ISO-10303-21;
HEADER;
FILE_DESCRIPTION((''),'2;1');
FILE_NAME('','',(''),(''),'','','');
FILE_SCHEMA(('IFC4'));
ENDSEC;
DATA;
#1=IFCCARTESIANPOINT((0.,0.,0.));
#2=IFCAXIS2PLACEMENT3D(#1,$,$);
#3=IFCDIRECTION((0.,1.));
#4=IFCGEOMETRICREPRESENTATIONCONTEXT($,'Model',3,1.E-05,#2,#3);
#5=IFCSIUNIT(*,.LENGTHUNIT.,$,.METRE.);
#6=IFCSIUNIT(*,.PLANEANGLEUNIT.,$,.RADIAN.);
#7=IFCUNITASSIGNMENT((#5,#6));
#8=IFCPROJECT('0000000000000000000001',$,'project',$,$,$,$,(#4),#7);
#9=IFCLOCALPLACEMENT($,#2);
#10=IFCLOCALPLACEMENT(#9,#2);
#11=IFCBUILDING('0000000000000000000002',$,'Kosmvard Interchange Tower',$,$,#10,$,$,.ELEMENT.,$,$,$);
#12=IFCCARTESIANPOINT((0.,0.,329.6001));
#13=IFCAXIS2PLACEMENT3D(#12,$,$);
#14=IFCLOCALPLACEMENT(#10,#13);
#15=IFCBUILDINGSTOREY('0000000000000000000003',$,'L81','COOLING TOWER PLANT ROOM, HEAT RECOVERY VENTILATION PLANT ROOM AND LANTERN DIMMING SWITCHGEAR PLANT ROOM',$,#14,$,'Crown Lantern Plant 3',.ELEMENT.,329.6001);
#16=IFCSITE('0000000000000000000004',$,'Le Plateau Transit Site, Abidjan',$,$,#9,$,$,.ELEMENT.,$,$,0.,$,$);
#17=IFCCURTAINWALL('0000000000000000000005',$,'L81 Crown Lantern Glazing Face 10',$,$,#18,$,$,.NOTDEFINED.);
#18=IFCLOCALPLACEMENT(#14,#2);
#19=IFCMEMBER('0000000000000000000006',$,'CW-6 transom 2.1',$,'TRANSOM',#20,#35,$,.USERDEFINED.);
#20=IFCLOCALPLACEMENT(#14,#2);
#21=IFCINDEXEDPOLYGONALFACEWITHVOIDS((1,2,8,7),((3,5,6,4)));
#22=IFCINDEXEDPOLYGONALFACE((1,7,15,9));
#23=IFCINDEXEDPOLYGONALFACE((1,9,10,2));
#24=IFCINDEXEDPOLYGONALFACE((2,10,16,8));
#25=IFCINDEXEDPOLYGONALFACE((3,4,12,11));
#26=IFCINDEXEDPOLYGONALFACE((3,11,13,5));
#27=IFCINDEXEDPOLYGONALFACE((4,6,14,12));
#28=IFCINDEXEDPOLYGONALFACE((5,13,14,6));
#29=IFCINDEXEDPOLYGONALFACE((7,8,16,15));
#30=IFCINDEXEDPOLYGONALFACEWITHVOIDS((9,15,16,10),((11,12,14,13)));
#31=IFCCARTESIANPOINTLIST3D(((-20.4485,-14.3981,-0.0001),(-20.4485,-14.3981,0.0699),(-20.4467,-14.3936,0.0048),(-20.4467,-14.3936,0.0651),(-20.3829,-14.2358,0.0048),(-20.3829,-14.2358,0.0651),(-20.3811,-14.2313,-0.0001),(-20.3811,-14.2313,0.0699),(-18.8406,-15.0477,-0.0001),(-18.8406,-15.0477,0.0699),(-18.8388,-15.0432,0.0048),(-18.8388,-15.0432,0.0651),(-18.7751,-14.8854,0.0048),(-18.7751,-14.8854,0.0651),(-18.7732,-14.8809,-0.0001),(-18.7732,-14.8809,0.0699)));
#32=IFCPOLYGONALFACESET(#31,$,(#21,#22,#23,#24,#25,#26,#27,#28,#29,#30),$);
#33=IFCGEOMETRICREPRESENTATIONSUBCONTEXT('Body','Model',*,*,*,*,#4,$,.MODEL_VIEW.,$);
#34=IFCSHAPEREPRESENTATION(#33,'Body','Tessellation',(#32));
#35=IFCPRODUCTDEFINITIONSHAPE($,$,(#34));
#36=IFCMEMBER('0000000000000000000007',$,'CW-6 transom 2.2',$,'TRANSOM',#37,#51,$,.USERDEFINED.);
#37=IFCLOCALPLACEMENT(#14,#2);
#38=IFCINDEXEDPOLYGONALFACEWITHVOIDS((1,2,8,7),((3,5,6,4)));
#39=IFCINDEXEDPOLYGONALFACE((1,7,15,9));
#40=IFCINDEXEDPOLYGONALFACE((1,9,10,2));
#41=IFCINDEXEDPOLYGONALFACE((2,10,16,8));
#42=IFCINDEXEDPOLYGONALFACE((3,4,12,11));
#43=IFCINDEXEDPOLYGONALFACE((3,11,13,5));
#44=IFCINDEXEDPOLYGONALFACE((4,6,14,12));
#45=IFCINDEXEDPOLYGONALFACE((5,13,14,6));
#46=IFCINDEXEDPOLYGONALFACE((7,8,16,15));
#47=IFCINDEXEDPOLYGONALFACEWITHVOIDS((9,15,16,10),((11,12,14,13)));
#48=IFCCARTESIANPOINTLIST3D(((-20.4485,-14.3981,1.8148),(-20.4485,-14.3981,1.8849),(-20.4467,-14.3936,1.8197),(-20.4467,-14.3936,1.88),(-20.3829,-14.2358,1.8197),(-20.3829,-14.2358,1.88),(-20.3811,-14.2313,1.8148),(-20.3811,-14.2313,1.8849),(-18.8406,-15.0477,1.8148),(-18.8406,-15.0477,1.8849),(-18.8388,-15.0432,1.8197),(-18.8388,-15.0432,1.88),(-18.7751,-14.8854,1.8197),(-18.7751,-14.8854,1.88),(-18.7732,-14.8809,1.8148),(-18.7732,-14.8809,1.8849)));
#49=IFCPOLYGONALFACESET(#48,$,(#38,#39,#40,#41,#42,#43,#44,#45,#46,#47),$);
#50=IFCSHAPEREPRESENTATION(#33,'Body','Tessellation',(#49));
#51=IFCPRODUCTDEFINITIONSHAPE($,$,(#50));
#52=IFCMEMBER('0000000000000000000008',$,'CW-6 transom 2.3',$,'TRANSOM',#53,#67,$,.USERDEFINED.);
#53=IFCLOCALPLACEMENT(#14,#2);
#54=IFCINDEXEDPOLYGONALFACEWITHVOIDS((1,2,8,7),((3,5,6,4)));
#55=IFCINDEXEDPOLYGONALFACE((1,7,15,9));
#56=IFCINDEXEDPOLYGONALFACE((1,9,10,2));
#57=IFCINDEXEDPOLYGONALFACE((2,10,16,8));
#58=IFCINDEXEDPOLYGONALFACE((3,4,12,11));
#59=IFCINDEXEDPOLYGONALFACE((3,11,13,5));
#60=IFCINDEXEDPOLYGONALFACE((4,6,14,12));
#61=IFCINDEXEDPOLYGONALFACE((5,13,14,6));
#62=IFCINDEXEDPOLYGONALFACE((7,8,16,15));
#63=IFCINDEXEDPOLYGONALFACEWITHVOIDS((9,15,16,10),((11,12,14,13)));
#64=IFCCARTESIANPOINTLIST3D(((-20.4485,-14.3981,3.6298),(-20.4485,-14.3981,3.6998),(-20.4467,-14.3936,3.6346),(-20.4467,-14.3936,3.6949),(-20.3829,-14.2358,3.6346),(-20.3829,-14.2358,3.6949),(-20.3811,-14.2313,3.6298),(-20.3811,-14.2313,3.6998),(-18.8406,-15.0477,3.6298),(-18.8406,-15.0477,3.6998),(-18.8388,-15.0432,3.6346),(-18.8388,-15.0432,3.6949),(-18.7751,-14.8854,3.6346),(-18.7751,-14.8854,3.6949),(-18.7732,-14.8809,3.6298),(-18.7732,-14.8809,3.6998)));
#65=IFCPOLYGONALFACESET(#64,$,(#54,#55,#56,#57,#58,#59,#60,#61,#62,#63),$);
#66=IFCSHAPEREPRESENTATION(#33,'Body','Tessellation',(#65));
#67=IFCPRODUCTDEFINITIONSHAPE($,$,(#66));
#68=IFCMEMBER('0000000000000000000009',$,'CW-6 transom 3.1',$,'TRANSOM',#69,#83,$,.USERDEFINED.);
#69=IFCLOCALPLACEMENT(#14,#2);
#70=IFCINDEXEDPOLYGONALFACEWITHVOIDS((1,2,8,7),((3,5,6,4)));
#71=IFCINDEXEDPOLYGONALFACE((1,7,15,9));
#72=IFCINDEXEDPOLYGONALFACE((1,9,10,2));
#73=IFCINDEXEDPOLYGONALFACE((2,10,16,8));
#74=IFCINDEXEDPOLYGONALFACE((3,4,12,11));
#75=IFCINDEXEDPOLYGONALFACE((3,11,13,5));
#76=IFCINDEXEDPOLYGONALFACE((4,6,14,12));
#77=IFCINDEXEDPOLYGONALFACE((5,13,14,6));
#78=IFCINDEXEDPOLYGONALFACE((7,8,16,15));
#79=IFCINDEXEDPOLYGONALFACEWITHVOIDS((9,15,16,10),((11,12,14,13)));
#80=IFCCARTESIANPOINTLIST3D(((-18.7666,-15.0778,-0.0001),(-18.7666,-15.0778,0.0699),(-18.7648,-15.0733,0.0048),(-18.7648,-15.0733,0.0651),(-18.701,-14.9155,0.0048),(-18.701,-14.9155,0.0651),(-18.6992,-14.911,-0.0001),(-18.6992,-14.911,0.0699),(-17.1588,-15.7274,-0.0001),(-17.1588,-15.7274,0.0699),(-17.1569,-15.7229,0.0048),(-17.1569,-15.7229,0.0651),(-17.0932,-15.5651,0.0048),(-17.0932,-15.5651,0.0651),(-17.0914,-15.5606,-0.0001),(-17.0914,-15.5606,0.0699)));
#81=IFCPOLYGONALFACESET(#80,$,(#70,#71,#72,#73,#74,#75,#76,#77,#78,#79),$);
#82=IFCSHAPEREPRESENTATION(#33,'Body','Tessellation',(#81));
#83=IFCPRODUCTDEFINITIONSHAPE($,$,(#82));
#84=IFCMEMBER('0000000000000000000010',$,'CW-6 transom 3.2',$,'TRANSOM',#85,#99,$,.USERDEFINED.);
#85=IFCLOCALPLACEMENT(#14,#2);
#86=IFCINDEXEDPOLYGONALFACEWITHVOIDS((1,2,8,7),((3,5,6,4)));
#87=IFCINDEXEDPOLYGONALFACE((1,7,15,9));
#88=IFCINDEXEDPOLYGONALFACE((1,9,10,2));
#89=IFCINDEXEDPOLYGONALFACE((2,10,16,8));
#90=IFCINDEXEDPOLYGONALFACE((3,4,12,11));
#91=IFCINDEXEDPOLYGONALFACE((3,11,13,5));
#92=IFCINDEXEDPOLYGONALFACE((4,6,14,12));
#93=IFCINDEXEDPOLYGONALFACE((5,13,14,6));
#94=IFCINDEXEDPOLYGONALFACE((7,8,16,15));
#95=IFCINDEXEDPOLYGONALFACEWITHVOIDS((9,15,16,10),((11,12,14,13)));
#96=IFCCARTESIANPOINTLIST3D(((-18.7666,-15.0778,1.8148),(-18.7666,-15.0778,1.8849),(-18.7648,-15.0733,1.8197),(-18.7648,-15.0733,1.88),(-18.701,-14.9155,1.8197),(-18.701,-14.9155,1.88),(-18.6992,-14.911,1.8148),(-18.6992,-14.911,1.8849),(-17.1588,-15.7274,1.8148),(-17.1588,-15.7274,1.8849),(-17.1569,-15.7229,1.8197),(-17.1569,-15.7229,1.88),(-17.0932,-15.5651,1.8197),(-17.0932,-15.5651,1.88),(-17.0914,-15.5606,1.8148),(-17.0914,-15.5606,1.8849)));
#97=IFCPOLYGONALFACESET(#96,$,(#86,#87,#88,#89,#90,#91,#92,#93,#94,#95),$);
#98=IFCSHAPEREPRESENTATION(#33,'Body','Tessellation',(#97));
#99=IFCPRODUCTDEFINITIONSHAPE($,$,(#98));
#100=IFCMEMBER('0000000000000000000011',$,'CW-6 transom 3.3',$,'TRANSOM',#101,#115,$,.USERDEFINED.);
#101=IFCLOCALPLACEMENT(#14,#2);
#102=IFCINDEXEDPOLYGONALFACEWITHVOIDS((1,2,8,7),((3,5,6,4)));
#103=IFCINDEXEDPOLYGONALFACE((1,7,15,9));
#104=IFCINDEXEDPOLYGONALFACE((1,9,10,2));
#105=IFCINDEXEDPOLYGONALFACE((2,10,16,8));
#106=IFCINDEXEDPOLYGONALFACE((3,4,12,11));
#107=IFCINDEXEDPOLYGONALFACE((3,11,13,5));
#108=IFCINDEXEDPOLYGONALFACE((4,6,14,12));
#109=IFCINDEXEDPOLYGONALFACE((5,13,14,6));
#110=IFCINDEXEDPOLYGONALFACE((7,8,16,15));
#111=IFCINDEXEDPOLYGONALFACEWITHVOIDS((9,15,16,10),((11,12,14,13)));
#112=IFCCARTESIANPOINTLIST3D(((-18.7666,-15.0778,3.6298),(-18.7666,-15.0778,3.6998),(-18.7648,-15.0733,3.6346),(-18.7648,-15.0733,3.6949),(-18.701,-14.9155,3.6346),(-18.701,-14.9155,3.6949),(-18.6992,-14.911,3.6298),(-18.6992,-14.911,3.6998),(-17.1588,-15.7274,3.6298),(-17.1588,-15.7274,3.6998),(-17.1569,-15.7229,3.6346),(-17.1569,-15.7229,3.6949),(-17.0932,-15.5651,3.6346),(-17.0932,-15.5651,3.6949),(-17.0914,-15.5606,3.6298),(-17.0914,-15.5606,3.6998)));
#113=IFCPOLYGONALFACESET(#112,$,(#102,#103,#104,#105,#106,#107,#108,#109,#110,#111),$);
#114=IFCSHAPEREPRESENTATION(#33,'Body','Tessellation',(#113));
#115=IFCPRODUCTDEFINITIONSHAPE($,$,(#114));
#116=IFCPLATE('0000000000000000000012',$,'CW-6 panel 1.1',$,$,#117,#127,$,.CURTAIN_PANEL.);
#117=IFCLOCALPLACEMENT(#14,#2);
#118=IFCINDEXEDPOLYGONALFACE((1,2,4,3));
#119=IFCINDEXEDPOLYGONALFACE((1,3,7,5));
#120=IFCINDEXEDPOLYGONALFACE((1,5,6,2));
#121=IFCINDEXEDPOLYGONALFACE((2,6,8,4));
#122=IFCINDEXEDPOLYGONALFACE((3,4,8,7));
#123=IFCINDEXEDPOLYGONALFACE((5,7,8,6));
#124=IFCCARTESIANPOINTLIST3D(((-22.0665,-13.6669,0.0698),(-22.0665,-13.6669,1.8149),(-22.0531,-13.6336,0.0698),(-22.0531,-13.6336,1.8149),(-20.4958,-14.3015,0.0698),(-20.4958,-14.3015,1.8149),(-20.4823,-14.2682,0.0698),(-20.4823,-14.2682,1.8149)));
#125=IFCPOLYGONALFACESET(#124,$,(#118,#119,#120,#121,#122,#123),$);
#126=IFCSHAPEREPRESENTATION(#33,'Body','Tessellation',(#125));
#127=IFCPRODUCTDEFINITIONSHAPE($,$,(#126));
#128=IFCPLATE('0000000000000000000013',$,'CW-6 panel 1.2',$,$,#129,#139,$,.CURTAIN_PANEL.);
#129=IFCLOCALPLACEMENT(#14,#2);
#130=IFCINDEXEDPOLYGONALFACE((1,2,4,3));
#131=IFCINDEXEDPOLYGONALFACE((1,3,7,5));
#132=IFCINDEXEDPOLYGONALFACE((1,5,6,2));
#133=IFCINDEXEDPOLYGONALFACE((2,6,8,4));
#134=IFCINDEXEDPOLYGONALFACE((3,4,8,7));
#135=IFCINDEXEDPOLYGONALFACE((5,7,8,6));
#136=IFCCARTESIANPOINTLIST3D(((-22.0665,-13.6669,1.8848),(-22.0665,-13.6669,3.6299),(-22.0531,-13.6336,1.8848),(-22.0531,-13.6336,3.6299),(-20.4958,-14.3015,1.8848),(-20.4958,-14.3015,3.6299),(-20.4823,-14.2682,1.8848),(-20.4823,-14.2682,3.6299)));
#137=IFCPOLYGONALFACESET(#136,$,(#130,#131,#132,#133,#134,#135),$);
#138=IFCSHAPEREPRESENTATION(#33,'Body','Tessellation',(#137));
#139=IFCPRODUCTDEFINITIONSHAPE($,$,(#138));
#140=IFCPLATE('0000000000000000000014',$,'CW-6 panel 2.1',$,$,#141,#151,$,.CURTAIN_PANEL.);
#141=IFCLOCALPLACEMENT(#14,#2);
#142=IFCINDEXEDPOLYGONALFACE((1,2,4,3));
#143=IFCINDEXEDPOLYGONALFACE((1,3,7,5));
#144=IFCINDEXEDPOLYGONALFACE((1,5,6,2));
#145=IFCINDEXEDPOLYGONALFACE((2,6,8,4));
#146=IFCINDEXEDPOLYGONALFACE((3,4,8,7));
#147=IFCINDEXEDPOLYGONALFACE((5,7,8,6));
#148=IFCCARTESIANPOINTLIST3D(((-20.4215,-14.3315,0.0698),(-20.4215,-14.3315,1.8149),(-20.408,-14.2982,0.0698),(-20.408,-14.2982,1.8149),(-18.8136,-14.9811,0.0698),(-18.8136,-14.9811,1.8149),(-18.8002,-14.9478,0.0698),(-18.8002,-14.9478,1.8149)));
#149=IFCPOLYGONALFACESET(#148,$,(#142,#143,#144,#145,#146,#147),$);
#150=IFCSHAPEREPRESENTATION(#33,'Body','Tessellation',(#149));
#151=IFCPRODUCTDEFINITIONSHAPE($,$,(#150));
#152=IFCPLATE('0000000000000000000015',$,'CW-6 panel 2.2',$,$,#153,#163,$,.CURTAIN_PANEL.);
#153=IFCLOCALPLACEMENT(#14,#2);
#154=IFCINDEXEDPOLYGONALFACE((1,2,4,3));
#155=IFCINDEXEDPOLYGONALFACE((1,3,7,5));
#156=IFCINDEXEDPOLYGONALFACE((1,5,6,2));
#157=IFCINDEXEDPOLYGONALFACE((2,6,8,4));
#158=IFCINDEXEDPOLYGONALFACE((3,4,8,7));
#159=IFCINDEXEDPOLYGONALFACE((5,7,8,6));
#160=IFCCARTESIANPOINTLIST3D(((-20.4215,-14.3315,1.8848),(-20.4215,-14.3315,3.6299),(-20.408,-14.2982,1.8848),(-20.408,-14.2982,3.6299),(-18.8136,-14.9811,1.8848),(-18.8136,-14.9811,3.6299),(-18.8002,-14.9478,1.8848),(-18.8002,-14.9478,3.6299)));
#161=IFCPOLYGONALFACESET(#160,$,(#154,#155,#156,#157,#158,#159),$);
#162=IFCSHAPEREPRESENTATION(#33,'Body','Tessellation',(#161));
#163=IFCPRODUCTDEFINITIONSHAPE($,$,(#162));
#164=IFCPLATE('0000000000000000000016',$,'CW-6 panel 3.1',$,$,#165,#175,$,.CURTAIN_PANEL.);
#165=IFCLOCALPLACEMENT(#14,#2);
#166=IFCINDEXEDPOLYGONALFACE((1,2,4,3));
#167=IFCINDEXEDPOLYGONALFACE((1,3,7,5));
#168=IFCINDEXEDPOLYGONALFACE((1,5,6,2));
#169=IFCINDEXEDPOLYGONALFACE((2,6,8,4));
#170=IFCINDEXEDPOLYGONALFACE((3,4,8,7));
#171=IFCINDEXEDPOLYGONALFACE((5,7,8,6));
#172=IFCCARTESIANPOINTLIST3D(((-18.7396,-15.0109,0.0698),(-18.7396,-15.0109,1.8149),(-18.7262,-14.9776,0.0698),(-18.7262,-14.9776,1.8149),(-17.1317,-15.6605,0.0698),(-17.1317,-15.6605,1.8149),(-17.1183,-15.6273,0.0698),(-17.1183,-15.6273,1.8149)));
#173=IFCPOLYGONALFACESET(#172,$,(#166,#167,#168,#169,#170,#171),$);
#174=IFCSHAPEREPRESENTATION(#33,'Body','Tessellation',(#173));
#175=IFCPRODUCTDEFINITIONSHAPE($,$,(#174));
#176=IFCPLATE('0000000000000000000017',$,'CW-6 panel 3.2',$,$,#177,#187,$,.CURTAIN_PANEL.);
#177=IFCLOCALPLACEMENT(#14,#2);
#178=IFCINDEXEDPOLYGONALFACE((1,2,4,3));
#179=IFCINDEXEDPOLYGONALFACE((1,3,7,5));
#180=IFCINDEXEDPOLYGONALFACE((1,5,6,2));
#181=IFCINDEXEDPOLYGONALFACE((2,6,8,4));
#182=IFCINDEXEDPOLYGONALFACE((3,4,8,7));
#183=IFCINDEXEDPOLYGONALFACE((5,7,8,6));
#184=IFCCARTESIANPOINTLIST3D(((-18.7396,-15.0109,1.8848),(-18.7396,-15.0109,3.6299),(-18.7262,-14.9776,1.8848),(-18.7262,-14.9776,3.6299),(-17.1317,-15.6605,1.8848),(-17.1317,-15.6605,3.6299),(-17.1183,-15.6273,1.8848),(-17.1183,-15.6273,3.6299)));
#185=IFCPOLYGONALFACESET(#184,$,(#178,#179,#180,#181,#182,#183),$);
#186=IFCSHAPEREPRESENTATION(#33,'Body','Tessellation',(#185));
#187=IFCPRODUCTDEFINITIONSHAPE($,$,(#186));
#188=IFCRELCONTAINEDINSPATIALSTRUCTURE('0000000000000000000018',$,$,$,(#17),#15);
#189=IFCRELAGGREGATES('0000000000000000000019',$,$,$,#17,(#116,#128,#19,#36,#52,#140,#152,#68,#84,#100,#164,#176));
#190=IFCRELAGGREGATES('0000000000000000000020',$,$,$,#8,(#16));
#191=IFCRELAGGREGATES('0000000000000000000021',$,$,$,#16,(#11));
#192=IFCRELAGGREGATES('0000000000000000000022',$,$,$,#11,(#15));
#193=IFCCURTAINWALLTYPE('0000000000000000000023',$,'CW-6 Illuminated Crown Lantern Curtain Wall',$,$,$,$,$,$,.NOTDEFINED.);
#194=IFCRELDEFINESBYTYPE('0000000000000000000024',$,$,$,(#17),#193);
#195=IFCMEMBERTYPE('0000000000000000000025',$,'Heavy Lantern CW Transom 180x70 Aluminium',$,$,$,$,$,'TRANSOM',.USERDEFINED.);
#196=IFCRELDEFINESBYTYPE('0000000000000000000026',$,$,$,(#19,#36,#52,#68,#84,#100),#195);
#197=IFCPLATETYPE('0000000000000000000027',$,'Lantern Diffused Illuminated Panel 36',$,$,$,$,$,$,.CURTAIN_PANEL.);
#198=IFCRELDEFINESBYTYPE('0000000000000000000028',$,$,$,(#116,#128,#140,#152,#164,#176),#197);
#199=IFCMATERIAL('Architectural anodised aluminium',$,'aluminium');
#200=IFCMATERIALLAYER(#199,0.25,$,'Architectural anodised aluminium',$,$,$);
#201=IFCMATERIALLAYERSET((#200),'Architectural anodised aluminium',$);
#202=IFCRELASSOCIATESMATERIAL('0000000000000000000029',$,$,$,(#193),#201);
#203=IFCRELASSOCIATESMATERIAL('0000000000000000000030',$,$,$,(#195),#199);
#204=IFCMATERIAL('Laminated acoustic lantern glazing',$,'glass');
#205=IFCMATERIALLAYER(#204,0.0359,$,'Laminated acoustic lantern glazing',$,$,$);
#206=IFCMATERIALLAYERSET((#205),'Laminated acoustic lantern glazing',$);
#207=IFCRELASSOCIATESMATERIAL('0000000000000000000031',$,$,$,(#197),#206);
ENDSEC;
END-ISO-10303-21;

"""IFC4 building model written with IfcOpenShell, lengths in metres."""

from ifc_helpers import new_model, si_unit, direction, frame, origin, origin_2d, place, context, subcontext, project, spatial, rectangle, hollow_rectangle, extrude, source, transform, mapped, material, layer, layer_set, material_profile, profile_set, type_object, element, aggregate, save


model = new_model("IFC4")

# Units and contexts
model_context = context("Model", 3, precision=1e-05, world=origin(), true_north=direction((0.0, 1.0)))
body_context = subcontext(model_context, "Body", "Model", "MODEL_VIEW")
ifc_project = project(units=[si_unit("LENGTHUNIT", "METRE"), si_unit("PLANEANGLEUNIT", "RADIAN")], contexts=[model_context])

# Site, building, storey
site_placement = place(None, origin())
site = spatial("IfcSite", under=ifc_project, at=site_placement, Name="Le Plateau Transit Site, Abidjan", CompositionType="ELEMENT", RefElevation=0.0)
building_placement = place(site_placement, origin())
building = spatial("IfcBuilding", under=site, at=building_placement, Name="Kosmvard Interchange Tower", CompositionType="ELEMENT")
storey_placement = place(building_placement, frame((0.0, 0.0, 329.6001)))
storey = spatial("IfcBuildingStorey", under=building, at=storey_placement, Name="L81", Description="COOLING TOWER PLANT ROOM, HEAT RECOVERY VENTILATION PLANT ROOM AND LANTERN DIMMING SWITCHGEAR PLANT ROOM", LongName="Crown Lantern Plant 3", CompositionType="ELEMENT", Elevation=329.6001)

# Shared definitions
ifc_material_1 = material(Name="Architectural anodised aluminium", Category="aluminium")
ifc_layer_1 = layer(ifc_material_1, 0.25, Name="Architectural anodised aluminium")
ifc_layer_set_1 = layer_set([ifc_layer_1], Name="Architectural anodised aluminium")
curtain_wall_type = type_object("IfcCurtainWallType", Name="CW-6 Illuminated Crown Lantern Curtain Wall", PredefinedType="NOTDEFINED", material=ifc_layer_set_1)

# Curtain wall, members, plates
curtain_wall_1_placement = place(storey_placement, origin())
curtain_wall_1 = element("IfcCurtainWall", 1, at=curtain_wall_1_placement, inside=storey, type_object=curtain_wall_type, Name="L81 Crown Lantern Glazing Face 10", PredefinedType="NOTDEFINED")
ifc_material_profile_1 = material_profile(ifc_material_1, hollow_rectangle(XDim=0.1799, YDim=0.0701, WallThickness=0.0049, at=origin_2d()), Name="CWT 180x70x5")
ifc_profile_set_1 = profile_set([ifc_material_profile_1], Name="Architectural anodised aluminium")
member_type_1 = type_object("IfcMemberType", Name="Heavy Lantern CW Transom 180x70 Aluminium", ElementType="TRANSOM", PredefinedType="USERDEFINED", material=ifc_profile_set_1)
shared_shape_1 = source(origin(), body_context, "Body", "SweptSolid", [
    extrude(hollow_rectangle(XDim=0.1799, YDim=0.0701, WallThickness=0.0049, at=origin_2d()), origin(), (0.0, 0.0, 1.0), 1.7341),
])
member_1_placement = place(storey_placement, frame((-20.4148, -14.3147, 0.0349), z_axis=(0.92718, -0.374617, 0.0), x_axis=(0.374617, 0.92718, 0.0)))
member_1 = element("IfcMember", 2, at=member_1_placement, type_object=member_type_1, Name="CW-6 transom 2.1", ObjectType="TRANSOM", PredefinedType="USERDEFINED", context=body_context, shape_type="MappedRepresentation", body=[
    mapped(shared_shape_1, transform((0.0, 0.0, 0.0), scale=1.0)),
])
member_2_placement = place(storey_placement, frame((-20.4148, -14.3147, 1.8499), z_axis=(0.92718, -0.374617, 0.0), x_axis=(0.374617, 0.92718, 0.0)))
member_2 = element("IfcMember", 3, at=member_2_placement, type_object=member_type_1, Name="CW-6 transom 2.2", ObjectType="TRANSOM", PredefinedType="USERDEFINED", context=body_context, shape_type="MappedRepresentation", body=[
    mapped(shared_shape_1, transform((0.0, 0.0, 0.0), scale=1.0)),
])
member_3_placement = place(storey_placement, frame((-20.4148, -14.3147, 3.6648), z_axis=(0.92718, -0.374617, 0.0), x_axis=(0.374617, 0.92718, 0.0)))
member_3 = element("IfcMember", 4, at=member_3_placement, type_object=member_type_1, Name="CW-6 transom 2.3", ObjectType="TRANSOM", PredefinedType="USERDEFINED", context=body_context, shape_type="MappedRepresentation", body=[
    mapped(shared_shape_1, transform((0.0, 0.0, 0.0), scale=1.0)),
])
member_4_placement = place(storey_placement, frame((-18.7329, -14.9944, 0.0349), z_axis=(0.92718, -0.374617, 0.0), x_axis=(0.374617, 0.92718, 0.0)))
member_4 = element("IfcMember", 5, at=member_4_placement, type_object=member_type_1, Name="CW-6 transom 3.1", ObjectType="TRANSOM", PredefinedType="USERDEFINED", context=body_context, shape_type="MappedRepresentation", body=[
    mapped(shared_shape_1, transform((0.0, 0.0, 0.0), scale=1.0)),
])
member_5_placement = place(storey_placement, frame((-18.7329, -14.9944, 1.8499), z_axis=(0.92718, -0.374617, 0.0), x_axis=(0.374617, 0.92718, 0.0)))
member_5 = element("IfcMember", 6, at=member_5_placement, type_object=member_type_1, Name="CW-6 transom 3.2", ObjectType="TRANSOM", PredefinedType="USERDEFINED", context=body_context, shape_type="MappedRepresentation", body=[
    mapped(shared_shape_1, transform((0.0, 0.0, 0.0), scale=1.0)),
])
member_6_placement = place(storey_placement, frame((-18.7329, -14.9944, 3.6648), z_axis=(0.92718, -0.374617, 0.0), x_axis=(0.374617, 0.92718, 0.0)))
member_6 = element("IfcMember", 7, at=member_6_placement, type_object=member_type_1, Name="CW-6 transom 3.3", ObjectType="TRANSOM", PredefinedType="USERDEFINED", context=body_context, shape_type="MappedRepresentation", body=[
    mapped(shared_shape_1, transform((0.0, 0.0, 0.0), scale=1.0)),
])
ifc_material_2 = material(Name="Laminated acoustic lantern glazing", Category="glass")
ifc_layer_2 = layer(ifc_material_2, 0.0359, Name="Laminated acoustic lantern glazing")
ifc_layer_set_2 = layer_set([ifc_layer_2], Name="Laminated acoustic lantern glazing")
plate_type = type_object("IfcPlateType", Name="Lantern Diffused Illuminated Panel 36", PredefinedType="CURTAIN_PANEL", material=ifc_layer_set_2)
shared_shape_2 = source(origin(), body_context, "Body", "SweptSolid", [
    extrude(rectangle(XDim=1.6941, YDim=0.0359, at=origin_2d()), origin(), (0.0, 0.0, 1.0), 1.7451),
])
plate_1_placement = place(storey_placement, frame((-21.2744, -13.9675, 0.0698), z_axis=(0.0, 0.0, 1.0), x_axis=(0.927184, -0.374607, 0.0)))
plate_1 = element("IfcPlate", 8, at=plate_1_placement, type_object=plate_type, Name="CW-6 panel 1.1", PredefinedType="CURTAIN_PANEL", context=body_context, shape_type="MappedRepresentation", body=[
    mapped(shared_shape_2, transform((0.0, 0.0, 0.0), scale=1.0)),
])
plate_2_placement = place(storey_placement, frame((-21.2744, -13.9675, 1.8848), z_axis=(0.0, 0.0, 1.0), x_axis=(0.927184, -0.374607, 0.0)))
plate_2 = element("IfcPlate", 9, at=plate_2_placement, type_object=plate_type, Name="CW-6 panel 1.2", PredefinedType="CURTAIN_PANEL", context=body_context, shape_type="MappedRepresentation", body=[
    mapped(shared_shape_2, transform((0.0, 0.0, 0.0), scale=1.0)),
])
shared_shape_3 = source(origin(), body_context, "Body", "SweptSolid", [
    extrude(rectangle(XDim=1.7341, YDim=0.0359, at=origin_2d()), origin(), (0.0, 0.0, 1.0), 1.7451),
])
plate_3_placement = place(storey_placement, frame((-19.6108, -14.6396, 0.0698), z_axis=(0.0, 0.0, 1.0), x_axis=(0.927184, -0.374607, 0.0)))
plate_3 = element("IfcPlate", 10, at=plate_3_placement, type_object=plate_type, Name="CW-6 panel 2.1", PredefinedType="CURTAIN_PANEL", context=body_context, shape_type="MappedRepresentation", body=[
    mapped(shared_shape_3, transform((0.0, 0.0, 0.0), scale=1.0)),
])
plate_4_placement = place(storey_placement, frame((-19.6108, -14.6396, 1.8848), z_axis=(0.0, 0.0, 1.0), x_axis=(0.927184, -0.374607, 0.0)))
plate_4 = element("IfcPlate", 11, at=plate_4_placement, type_object=plate_type, Name="CW-6 panel 2.2", PredefinedType="CURTAIN_PANEL", context=body_context, shape_type="MappedRepresentation", body=[
    mapped(shared_shape_3, transform((0.0, 0.0, 0.0), scale=1.0)),
])
plate_5_placement = place(storey_placement, frame((-17.929, -15.3191, 0.0698), z_axis=(0.0, 0.0, 1.0), x_axis=(0.927184, -0.374607, 0.0)))
plate_5 = element("IfcPlate", 12, at=plate_5_placement, type_object=plate_type, Name="CW-6 panel 3.1", PredefinedType="CURTAIN_PANEL", context=body_context, shape_type="MappedRepresentation", body=[
    mapped(shared_shape_3, transform((0.0, 0.0, 0.0), scale=1.0)),
])
plate_6_placement = place(storey_placement, frame((-17.929, -15.3191, 1.8848), z_axis=(0.0, 0.0, 1.0), x_axis=(0.927184, -0.374607, 0.0)))
plate_6 = element("IfcPlate", 13, at=plate_6_placement, type_object=plate_type, Name="CW-6 panel 3.2", PredefinedType="CURTAIN_PANEL", context=body_context, shape_type="MappedRepresentation", body=[
    mapped(shared_shape_3, transform((0.0, 0.0, 0.0), scale=1.0)),
])
aggregate(curtain_wall_1, [plate_1, plate_2, member_1, member_2, member_3, plate_3, plate_4, member_4, member_5, member_6, plate_5, plate_6])

save(model, "model.ifc")
